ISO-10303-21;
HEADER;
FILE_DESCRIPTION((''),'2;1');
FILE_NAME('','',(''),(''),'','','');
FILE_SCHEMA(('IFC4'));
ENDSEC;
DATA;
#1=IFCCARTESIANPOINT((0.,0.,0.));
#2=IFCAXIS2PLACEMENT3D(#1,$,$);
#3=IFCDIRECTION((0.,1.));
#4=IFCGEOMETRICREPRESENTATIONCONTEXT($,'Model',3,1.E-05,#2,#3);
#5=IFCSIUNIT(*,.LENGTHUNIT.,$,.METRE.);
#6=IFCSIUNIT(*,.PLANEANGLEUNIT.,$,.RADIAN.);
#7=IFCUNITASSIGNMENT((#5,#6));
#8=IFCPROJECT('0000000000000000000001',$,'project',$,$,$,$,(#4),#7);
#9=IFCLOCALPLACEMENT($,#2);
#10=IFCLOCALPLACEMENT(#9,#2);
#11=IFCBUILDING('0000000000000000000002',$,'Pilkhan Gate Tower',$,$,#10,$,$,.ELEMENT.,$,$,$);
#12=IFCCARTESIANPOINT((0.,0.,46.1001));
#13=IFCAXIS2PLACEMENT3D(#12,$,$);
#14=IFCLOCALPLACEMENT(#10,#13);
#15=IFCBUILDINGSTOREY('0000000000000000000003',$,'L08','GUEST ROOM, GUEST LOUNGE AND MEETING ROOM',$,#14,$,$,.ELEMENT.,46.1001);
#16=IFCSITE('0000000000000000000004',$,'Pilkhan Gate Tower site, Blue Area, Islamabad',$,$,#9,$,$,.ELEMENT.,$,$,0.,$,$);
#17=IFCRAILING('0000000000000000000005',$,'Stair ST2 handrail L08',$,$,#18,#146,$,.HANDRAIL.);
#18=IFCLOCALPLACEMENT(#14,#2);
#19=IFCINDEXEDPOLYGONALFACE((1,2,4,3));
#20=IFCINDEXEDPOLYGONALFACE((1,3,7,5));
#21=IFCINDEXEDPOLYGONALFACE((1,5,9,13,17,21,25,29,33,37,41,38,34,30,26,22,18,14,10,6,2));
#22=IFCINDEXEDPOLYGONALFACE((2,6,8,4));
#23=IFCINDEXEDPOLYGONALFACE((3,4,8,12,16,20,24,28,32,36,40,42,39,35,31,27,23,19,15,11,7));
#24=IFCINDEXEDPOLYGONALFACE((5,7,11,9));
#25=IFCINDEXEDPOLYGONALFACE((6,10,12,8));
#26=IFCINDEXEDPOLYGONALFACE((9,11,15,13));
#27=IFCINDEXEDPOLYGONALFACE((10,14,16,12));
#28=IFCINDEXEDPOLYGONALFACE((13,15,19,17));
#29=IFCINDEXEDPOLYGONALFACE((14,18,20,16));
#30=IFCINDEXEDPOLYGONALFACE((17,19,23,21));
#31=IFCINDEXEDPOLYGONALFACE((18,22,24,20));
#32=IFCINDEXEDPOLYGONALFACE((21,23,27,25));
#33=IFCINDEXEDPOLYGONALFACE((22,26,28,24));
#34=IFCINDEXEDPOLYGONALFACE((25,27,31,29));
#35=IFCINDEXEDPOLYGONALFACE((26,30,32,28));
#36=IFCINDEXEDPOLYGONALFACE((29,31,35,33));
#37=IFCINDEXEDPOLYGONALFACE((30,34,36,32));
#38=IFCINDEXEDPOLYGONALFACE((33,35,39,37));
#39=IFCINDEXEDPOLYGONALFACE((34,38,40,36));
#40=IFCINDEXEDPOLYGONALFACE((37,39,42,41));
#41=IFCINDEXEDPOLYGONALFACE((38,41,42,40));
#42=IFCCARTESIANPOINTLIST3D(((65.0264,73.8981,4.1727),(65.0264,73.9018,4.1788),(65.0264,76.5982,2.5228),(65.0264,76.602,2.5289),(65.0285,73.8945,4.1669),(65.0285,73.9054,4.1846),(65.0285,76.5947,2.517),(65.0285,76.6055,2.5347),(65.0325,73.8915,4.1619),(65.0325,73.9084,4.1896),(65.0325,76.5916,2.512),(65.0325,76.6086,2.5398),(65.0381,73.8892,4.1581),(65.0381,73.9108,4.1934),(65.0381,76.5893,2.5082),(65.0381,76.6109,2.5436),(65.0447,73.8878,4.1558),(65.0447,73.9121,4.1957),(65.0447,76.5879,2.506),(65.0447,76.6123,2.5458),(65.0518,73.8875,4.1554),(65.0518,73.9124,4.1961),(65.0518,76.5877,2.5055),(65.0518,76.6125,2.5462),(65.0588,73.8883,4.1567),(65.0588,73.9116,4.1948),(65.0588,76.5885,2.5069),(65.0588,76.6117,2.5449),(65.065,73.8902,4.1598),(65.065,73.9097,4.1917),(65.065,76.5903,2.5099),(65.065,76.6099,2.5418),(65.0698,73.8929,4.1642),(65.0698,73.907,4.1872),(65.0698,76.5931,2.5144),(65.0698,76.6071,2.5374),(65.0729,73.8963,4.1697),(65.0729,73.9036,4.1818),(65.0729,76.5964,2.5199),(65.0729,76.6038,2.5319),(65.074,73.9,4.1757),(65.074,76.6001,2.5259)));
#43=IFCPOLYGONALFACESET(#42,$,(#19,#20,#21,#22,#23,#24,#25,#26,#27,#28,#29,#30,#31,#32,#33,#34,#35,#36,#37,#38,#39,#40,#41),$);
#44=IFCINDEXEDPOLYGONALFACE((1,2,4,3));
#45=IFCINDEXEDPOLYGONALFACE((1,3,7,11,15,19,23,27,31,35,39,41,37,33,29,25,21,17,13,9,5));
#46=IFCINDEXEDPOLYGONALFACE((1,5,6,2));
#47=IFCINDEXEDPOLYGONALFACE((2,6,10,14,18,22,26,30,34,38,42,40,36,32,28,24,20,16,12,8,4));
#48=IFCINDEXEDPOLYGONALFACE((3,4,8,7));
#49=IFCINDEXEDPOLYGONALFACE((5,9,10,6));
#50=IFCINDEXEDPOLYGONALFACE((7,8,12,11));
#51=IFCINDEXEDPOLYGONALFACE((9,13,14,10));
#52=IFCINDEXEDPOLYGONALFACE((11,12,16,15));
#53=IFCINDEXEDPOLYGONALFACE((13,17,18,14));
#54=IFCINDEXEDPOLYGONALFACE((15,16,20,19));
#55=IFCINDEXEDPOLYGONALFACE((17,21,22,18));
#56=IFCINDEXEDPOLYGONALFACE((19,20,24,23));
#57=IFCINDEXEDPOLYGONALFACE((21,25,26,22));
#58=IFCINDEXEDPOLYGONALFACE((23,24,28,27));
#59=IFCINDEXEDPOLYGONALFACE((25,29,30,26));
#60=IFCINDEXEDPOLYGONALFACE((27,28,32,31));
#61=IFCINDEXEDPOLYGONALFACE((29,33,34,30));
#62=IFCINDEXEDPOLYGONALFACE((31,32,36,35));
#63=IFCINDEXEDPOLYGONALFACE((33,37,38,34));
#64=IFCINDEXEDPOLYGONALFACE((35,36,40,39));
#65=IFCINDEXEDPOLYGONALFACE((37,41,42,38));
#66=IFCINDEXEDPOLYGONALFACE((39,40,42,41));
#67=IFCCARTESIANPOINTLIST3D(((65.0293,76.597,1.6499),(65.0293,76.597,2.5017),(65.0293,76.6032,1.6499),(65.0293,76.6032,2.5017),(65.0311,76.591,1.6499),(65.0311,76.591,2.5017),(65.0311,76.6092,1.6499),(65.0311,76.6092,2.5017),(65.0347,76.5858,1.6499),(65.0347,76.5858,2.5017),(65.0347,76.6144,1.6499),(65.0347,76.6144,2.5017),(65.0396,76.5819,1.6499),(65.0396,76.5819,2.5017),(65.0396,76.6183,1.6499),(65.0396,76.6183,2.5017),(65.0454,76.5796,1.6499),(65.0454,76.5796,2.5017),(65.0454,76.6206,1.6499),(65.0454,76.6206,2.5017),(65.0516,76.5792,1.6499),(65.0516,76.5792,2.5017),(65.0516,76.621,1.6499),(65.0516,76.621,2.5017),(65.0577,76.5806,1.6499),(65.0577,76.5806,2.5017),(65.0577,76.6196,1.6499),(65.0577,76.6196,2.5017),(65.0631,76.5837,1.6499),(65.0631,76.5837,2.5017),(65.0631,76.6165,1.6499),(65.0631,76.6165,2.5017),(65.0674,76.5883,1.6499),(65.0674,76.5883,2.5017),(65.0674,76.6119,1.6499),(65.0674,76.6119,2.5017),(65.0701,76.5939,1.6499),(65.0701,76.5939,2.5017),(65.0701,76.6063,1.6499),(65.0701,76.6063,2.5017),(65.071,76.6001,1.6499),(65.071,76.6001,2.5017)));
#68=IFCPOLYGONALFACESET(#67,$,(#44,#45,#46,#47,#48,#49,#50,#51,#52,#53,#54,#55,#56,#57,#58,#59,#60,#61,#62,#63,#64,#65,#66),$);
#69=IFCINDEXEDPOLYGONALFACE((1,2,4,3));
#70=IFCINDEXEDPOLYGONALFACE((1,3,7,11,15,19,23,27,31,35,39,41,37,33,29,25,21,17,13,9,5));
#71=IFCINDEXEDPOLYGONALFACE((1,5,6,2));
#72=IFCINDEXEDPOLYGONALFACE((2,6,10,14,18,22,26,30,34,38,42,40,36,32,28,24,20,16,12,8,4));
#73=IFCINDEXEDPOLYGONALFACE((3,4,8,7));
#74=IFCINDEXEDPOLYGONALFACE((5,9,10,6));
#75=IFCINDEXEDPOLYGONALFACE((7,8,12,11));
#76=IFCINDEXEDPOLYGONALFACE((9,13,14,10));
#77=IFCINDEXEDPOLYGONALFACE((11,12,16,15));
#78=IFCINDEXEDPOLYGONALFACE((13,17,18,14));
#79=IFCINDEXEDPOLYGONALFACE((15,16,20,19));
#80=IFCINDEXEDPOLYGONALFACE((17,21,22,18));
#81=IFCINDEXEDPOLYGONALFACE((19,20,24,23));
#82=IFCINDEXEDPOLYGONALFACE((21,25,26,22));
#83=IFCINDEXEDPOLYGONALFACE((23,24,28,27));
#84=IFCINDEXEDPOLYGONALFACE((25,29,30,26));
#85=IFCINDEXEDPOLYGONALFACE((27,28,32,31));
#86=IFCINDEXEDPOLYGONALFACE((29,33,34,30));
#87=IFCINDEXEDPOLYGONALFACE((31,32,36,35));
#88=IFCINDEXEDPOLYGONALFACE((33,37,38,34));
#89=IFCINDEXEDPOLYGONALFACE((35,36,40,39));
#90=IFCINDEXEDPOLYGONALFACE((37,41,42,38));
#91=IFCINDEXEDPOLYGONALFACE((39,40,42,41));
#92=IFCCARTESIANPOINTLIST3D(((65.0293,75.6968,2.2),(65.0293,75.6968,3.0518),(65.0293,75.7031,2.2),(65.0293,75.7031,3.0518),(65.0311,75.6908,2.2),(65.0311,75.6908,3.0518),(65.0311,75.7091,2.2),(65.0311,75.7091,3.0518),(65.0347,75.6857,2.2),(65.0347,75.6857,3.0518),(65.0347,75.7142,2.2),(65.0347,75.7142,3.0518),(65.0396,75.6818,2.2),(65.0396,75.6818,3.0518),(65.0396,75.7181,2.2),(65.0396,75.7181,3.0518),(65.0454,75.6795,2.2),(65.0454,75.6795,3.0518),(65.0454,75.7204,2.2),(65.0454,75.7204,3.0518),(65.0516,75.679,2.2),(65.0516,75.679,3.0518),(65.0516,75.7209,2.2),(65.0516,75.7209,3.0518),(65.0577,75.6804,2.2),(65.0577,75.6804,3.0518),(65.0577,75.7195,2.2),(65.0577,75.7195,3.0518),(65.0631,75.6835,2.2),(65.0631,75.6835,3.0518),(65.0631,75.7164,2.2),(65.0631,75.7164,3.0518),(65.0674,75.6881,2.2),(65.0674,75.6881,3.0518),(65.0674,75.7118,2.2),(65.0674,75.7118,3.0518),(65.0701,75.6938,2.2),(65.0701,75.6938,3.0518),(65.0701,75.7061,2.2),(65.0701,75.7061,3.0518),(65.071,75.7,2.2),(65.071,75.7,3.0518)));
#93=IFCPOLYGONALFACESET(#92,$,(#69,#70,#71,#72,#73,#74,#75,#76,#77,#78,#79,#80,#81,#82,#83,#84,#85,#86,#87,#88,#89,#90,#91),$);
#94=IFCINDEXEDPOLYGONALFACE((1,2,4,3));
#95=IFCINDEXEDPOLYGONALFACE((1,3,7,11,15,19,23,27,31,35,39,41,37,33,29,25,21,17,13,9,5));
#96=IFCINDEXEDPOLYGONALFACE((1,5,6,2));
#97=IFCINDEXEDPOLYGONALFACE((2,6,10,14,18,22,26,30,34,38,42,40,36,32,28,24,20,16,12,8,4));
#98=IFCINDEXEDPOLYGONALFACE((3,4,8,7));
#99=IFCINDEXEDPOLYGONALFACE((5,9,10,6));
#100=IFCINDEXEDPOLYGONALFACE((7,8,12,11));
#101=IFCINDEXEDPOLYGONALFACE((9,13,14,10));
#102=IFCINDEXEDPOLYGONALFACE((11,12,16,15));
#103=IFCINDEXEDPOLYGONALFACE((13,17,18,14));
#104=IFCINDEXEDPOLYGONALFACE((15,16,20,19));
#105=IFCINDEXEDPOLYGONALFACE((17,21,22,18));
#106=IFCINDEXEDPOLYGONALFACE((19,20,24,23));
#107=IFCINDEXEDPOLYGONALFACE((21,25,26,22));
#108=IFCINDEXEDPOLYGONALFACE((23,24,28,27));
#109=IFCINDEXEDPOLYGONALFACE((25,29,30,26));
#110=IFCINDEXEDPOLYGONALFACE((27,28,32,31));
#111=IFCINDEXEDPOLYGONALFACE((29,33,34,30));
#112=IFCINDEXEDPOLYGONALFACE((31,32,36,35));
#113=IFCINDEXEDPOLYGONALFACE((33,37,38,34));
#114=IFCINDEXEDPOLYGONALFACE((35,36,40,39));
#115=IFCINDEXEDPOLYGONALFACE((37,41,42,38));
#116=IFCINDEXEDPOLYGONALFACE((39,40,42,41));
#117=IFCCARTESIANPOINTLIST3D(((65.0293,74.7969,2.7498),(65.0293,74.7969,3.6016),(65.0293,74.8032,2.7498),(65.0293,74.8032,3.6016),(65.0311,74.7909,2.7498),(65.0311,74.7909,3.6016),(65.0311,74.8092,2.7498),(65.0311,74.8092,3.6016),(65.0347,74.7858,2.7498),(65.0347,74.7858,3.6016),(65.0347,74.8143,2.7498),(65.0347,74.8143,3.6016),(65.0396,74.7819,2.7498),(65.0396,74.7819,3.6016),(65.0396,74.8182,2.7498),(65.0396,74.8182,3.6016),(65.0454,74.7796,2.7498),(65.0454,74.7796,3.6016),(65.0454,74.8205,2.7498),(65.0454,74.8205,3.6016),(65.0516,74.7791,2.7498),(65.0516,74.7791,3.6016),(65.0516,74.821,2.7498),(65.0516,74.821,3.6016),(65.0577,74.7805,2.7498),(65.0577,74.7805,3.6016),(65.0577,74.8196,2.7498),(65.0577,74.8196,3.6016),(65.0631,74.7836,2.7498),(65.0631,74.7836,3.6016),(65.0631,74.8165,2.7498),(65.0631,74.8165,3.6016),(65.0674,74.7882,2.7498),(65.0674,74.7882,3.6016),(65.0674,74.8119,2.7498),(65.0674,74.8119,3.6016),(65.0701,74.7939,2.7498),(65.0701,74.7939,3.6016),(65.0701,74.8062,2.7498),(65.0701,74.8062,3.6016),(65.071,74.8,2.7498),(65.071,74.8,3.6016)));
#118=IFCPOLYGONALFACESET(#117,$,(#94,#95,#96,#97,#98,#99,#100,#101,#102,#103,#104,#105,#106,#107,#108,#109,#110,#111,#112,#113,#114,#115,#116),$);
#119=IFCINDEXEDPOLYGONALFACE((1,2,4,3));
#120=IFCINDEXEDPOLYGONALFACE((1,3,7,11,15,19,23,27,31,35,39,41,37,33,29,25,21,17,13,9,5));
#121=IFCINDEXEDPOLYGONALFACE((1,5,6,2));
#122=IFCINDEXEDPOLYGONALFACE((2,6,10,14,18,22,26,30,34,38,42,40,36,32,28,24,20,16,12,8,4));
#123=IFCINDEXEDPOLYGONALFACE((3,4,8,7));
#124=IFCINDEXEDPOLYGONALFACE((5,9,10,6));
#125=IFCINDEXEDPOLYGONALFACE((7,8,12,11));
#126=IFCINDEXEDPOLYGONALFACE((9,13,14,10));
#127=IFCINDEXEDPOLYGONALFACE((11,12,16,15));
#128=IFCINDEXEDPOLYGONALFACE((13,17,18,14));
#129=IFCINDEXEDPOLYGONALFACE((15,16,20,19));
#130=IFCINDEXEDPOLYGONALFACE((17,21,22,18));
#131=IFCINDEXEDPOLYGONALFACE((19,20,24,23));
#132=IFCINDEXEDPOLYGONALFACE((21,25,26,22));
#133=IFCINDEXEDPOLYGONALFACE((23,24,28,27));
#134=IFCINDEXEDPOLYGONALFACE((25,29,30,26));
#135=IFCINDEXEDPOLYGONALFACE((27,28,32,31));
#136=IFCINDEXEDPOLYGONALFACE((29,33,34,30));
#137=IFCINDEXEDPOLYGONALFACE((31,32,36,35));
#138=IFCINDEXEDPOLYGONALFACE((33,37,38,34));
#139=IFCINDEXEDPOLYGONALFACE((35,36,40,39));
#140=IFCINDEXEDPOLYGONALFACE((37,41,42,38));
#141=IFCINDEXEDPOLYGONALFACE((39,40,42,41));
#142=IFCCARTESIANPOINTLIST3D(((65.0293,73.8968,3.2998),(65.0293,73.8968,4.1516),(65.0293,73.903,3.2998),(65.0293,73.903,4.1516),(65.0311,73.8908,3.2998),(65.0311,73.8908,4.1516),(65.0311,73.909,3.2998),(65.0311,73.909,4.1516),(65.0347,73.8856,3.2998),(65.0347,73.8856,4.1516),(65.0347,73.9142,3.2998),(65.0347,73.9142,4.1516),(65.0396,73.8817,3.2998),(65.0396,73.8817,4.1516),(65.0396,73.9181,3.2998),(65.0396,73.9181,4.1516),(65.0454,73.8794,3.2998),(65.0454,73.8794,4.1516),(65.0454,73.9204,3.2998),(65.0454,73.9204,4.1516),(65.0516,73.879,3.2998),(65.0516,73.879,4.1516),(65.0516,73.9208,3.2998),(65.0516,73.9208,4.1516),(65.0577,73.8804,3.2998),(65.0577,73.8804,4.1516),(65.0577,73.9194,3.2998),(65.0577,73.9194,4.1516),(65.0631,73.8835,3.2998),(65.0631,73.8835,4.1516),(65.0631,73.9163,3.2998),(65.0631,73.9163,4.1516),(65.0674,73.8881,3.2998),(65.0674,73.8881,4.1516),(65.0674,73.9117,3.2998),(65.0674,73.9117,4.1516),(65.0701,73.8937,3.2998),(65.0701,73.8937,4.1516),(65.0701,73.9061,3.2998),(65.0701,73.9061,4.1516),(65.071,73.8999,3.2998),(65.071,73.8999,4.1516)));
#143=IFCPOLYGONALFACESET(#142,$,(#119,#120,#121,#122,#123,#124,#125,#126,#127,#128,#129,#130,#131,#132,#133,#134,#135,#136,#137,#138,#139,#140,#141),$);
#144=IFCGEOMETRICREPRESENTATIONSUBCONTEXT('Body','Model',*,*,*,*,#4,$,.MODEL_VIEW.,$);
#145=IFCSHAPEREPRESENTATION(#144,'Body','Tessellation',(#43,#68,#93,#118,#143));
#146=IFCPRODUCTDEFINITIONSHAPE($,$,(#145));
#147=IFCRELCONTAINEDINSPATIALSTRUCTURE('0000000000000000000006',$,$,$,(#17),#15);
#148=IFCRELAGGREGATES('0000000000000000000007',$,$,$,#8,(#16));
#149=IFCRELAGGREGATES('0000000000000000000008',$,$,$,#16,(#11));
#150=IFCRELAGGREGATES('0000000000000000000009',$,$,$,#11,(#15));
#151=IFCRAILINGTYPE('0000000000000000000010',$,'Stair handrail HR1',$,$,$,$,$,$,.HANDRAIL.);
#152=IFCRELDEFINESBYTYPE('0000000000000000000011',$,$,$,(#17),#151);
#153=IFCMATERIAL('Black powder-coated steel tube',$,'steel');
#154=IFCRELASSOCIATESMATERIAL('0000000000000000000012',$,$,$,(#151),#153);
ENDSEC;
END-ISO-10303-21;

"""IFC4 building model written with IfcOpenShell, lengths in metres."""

from ifc_helpers import new_model, si_unit, direction, frame, origin, origin_2d, place, context, subcontext, project, spatial, circle, extrude, material, type_object, element, save


model = new_model("IFC4")

# Units and contexts
model_context = context("Model", 3, precision=1e-05, world=origin(), true_north=direction((0.0, 1.0)))
body_context = subcontext(model_context, "Body", "Model", "MODEL_VIEW")
ifc_project = project(units=[si_unit("LENGTHUNIT", "METRE"), si_unit("PLANEANGLEUNIT", "RADIAN")], contexts=[model_context])

# Site, building, storey
site_placement = place(None, origin())
site = spatial("IfcSite", under=ifc_project, at=site_placement, Name="Pilkhan Gate Tower site, Blue Area, Islamabad", CompositionType="ELEMENT", RefElevation=0.0)
building_placement = place(site_placement, origin())
building = spatial("IfcBuilding", under=site, at=building_placement, Name="Pilkhan Gate Tower", CompositionType="ELEMENT")
storey_placement = place(building_placement, frame((0.0, 0.0, 46.1001)))
storey = spatial("IfcBuildingStorey", under=building, at=storey_placement, Name="L08", Description="GUEST ROOM, GUEST LOUNGE AND MEETING ROOM", CompositionType="ELEMENT", Elevation=46.1001)

# Railing
ifc_material_1 = material(Name="Black powder-coated steel tube", Category="steel")
railing_type_1 = type_object("IfcRailingType", Name="Stair handrail HR1", PredefinedType="HANDRAIL", material=ifc_material_1)
railing_1_placement = place(storey_placement, frame((65.05, 76.6001, 1.6499)))
element("IfcRailing", 1, at=railing_1_placement, inside=storey, type_object=railing_type_1, Name="Stair ST2 handrail L08", PredefinedType="HANDRAIL", context=body_context, shape_type="SweptSolid", body=[
    extrude(circle(Radius=0.0239, at=origin_2d()), frame((0.0, 0.0, 0.876), z_axis=(0.0, -0.853312, 0.5214), x_axis=(1.0, 0.0, 0.0)), (0.0, 0.0, 1.0), 3.1643),
    extrude(circle(Radius=0.021, at=origin_2d()), origin(), (0.0, 0.0, 1.0), 0.8518),
    extrude(circle(Radius=0.021, at=origin_2d()), frame((0.0, -0.9001, 0.55)), (0.0, 0.0, 1.0), 0.8518),
    extrude(circle(Radius=0.021, at=origin_2d()), frame((0.0, -1.8, 1.0999)), (0.0, 0.0, 1.0), 0.8518),
    extrude(circle(Radius=0.021, at=origin_2d()), frame((0.0, -2.7002, 1.6499)), (0.0, 0.0, 1.0), 0.8518),
])

save(model, "model.ifc")
